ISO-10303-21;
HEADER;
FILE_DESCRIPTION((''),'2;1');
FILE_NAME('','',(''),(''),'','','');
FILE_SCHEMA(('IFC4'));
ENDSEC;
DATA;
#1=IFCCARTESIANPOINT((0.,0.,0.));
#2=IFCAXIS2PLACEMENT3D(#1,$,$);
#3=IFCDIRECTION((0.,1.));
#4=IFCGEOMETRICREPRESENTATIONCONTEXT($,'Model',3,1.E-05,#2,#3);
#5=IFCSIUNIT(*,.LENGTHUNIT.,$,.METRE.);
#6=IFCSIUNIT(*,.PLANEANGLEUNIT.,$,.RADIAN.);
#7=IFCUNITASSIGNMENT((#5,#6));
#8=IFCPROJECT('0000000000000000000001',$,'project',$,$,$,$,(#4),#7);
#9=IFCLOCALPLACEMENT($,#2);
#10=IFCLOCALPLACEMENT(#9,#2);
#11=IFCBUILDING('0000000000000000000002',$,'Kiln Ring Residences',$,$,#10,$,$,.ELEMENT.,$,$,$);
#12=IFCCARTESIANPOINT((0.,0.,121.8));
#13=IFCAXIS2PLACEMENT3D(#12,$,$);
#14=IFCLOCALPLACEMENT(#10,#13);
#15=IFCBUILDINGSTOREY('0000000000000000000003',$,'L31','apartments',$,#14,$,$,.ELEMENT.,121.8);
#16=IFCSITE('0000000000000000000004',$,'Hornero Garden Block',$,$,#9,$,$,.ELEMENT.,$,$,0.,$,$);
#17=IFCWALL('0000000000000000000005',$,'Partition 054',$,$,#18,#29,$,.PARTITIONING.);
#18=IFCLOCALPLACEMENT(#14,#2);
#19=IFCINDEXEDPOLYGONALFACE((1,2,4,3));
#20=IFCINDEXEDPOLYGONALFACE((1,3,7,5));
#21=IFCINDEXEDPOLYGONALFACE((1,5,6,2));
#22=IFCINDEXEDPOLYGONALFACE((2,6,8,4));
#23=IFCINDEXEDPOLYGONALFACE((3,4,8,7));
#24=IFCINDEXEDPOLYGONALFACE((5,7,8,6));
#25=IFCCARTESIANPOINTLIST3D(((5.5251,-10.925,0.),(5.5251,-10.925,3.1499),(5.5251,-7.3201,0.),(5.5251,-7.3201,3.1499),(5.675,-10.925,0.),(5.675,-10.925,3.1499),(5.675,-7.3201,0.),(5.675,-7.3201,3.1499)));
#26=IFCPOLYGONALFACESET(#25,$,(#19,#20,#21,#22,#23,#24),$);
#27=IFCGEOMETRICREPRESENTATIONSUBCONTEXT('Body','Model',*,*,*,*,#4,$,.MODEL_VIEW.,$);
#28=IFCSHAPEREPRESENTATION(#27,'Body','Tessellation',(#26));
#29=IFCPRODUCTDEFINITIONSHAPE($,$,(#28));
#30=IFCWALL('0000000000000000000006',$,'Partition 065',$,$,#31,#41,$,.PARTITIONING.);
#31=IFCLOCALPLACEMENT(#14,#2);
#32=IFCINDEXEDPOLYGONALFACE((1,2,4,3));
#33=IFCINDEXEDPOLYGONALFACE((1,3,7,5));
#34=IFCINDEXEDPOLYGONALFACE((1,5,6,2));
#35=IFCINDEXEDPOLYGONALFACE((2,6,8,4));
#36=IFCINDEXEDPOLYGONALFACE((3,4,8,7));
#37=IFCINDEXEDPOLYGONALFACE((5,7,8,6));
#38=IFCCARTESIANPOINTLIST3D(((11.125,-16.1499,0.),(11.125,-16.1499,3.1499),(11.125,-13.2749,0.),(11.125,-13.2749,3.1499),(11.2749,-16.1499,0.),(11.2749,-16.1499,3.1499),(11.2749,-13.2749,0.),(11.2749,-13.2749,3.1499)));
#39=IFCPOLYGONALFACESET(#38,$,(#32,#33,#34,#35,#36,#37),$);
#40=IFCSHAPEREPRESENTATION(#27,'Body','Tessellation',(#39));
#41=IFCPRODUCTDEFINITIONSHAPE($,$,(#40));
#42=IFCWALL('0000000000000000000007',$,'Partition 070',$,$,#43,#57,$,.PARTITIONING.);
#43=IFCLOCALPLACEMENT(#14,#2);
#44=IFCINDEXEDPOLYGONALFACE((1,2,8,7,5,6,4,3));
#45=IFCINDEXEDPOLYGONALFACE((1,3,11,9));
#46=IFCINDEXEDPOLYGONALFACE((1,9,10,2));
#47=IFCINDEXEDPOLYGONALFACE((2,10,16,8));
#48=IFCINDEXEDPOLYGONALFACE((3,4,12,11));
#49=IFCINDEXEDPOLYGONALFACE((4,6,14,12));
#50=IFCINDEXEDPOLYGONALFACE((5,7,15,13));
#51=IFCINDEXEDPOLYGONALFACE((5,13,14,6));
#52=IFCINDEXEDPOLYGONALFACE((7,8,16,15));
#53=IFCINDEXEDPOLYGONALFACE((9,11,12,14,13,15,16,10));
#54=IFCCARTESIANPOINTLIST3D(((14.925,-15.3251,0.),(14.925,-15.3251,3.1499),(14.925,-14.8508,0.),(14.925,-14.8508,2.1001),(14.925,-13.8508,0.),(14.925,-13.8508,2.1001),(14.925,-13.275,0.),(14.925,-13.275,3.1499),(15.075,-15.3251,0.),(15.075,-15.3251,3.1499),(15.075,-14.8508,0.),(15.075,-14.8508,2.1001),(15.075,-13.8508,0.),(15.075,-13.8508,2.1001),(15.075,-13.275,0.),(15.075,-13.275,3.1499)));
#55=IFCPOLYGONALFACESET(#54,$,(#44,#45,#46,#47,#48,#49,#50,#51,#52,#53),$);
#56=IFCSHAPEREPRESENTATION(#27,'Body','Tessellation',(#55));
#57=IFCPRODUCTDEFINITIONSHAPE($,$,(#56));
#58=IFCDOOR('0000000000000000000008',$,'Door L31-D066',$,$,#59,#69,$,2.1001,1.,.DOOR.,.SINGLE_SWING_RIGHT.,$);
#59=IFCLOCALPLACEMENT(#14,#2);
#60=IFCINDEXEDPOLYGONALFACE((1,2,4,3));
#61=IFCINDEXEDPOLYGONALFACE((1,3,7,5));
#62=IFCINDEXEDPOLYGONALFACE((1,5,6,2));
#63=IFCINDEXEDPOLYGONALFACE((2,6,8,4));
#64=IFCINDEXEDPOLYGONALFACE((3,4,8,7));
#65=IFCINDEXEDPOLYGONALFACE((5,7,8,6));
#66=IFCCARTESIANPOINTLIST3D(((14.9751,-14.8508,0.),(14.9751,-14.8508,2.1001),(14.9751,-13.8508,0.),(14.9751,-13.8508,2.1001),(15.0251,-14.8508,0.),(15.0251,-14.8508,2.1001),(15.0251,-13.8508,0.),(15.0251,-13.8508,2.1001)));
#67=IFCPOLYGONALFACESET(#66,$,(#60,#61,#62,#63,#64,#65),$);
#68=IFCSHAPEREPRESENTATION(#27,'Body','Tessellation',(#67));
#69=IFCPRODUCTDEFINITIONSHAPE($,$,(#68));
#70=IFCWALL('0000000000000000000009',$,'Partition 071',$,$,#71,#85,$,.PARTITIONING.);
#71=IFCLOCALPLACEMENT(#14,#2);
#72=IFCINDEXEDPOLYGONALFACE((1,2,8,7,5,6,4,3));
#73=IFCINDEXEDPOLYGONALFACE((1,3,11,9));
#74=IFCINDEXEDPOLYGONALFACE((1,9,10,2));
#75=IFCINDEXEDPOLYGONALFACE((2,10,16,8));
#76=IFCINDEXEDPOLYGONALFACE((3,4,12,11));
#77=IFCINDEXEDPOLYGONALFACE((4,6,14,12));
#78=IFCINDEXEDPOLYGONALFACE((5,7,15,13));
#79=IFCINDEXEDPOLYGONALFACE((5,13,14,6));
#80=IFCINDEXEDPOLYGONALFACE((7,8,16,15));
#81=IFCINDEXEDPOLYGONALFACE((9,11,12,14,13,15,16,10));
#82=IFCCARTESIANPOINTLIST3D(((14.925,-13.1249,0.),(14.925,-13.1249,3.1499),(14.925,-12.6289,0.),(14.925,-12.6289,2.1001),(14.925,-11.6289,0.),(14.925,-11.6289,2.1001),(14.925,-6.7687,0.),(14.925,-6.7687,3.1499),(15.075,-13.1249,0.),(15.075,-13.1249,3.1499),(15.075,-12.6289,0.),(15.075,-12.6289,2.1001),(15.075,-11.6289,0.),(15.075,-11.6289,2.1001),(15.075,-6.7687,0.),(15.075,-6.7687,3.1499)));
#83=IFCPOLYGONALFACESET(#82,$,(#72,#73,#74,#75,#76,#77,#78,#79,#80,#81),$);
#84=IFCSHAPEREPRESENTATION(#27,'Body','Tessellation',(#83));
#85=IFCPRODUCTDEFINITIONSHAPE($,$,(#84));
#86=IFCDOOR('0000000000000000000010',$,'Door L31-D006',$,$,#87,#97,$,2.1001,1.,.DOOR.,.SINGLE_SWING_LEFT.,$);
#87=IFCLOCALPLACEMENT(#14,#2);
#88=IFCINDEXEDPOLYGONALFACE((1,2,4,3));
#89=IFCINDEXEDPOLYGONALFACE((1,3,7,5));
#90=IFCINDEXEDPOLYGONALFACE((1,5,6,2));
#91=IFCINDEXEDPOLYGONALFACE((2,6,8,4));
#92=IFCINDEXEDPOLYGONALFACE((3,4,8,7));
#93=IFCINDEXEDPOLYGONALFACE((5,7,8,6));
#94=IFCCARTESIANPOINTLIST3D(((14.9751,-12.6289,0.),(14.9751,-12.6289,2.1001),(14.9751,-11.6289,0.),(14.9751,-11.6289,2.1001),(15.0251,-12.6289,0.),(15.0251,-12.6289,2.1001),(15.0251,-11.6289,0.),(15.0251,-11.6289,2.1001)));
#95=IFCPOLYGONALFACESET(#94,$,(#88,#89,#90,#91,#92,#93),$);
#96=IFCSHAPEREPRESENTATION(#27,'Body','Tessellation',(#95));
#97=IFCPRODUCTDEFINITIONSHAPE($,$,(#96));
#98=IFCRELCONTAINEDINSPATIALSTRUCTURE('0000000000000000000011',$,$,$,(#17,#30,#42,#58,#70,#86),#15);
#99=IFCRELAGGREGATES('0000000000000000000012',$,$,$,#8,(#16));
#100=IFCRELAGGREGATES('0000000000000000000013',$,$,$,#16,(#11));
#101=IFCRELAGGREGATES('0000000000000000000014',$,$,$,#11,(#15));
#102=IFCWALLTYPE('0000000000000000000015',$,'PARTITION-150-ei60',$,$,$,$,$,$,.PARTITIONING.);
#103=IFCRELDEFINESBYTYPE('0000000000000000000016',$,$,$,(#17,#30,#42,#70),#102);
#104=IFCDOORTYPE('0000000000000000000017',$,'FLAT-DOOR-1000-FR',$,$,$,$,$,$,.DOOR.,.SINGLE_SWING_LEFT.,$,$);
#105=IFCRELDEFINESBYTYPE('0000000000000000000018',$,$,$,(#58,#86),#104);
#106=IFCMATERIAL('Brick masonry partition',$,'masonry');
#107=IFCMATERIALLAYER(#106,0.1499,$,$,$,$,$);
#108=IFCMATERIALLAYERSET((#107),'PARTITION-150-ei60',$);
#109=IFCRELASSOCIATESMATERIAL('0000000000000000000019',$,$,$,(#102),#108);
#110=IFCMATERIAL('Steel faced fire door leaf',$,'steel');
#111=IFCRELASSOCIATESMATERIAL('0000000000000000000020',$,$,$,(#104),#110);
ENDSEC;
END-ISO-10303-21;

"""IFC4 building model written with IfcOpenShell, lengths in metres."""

from ifc_helpers import new_model, si_unit, direction, frame, frame_2d, origin, place, context, subcontext, project, spatial, rectangle, extrude, material, layer, layer_set, type_object, element, fill, save


model = new_model("IFC4")

# Units and contexts
model_context = context("Model", 3, precision=1e-05, world=origin(), true_north=direction((0.0, 1.0)))
body_context = subcontext(model_context, "Body", "Model", "MODEL_VIEW")
ifc_project = project(units=[si_unit("LENGTHUNIT", "METRE"), si_unit("PLANEANGLEUNIT", "RADIAN")], contexts=[model_context])

# Site, building, storey
site_placement = place(None, origin())
site = spatial("IfcSite", under=ifc_project, at=site_placement, Name="Hornero Garden Block", CompositionType="ELEMENT", RefElevation=0.0)
building_placement = place(site_placement, origin())
building = spatial("IfcBuilding", under=site, at=building_placement, Name="Kiln Ring Residences", CompositionType="ELEMENT")
storey_placement = place(building_placement, frame((0.0, 0.0, 121.8)))
storey = spatial("IfcBuildingStorey", under=building, at=storey_placement, Name="L31", Description="apartments", CompositionType="ELEMENT", Elevation=121.8)

# Shared definitions
ifc_material_1 = material(Name="Brick masonry partition", Category="masonry")
ifc_layer_1 = layer(ifc_material_1, 0.1499)
ifc_layer_set_1 = layer_set([ifc_layer_1], Name="PARTITION-150-ei60")
wall_type_1 = type_object("IfcWallType", Name="PARTITION-150-ei60", PredefinedType="PARTITIONING", material=ifc_layer_set_1)
ifc_material_2 = material(Name="Steel faced fire door leaf", Category="steel")
door_type_1 = type_object("IfcDoorType", Name="FLAT-DOOR-1000-FR", OperationType="SINGLE_SWING_LEFT", PredefinedType="DOOR", material=ifc_material_2)

# Walls
wall_1_placement = place(storey_placement, frame((5.6001, -10.925, 0.0), z_axis=(0.0, 0.0, 1.0), x_axis=(0.0, 1.0, 0.0)))
element("IfcWall", 1, at=wall_1_placement, inside=storey, type_object=wall_type_1, Name="Partition 054", PredefinedType="PARTITIONING", context=body_context, shape_type="SweptSolid", body=[
    extrude(rectangle(XDim=3.605, YDim=0.1499, at=frame_2d((1.8025, 0.0))), origin(), (0.0, 0.0, 1.0), 3.1499),
])
wall_2_placement = place(storey_placement, frame((11.2, -16.1499, 0.0), z_axis=(0.0, 0.0, 1.0), x_axis=(0.0, 1.0, 0.0)))
element("IfcWall", 2, at=wall_2_placement, inside=storey, type_object=wall_type_1, Name="Partition 065", PredefinedType="PARTITIONING", context=body_context, shape_type="SweptSolid", body=[
    extrude(rectangle(XDim=2.875, YDim=0.1499, at=frame_2d((1.4375, 0.0))), origin(), (0.0, 0.0, 1.0), 3.1499),
])

# Walls, openings, doors
wall_3_placement = place(storey_placement, frame((15.0, -15.325, 0.0), z_axis=(0.0, 0.0, 1.0), x_axis=(0.0, 1.0, 0.0)))
wall_3 = element("IfcWall", 3, at=wall_3_placement, inside=storey, type_object=wall_type_1, Name="Partition 070", PredefinedType="PARTITIONING", context=body_context, shape_type="SweptSolid", body=[
    extrude(rectangle(XDim=2.05, YDim=0.1499, at=frame_2d((1.0249, 0.0))), origin(), (0.0, 0.0, 1.0), 3.1499),
])
opening_1_placement = place(wall_3_placement, frame((0.4741, 0.0, 0.0)))
opening_1 = element("IfcOpeningElement", 4, at=opening_1_placement, cuts=wall_3, PredefinedType="OPENING", context=body_context, shape_type="SweptSolid", body=[
    extrude(rectangle(XDim=1.0, YDim=2.1001, at=frame_2d((0.5, 1.05))), frame((0.0, 0.085, 0.0), z_axis=(0.0, -1.0, 0.0), x_axis=(1.0, 0.0, 0.0)), (0.0, 0.0, 1.0), 0.1699),
])
door_1_placement = place(opening_1_placement, origin())
door_1 = element("IfcDoor", 5, at=door_1_placement, inside=storey, type_object=door_type_1, Name="Door L31-D066", OperationType="SINGLE_SWING_RIGHT", OverallHeight=2.1001, OverallWidth=1.0, PredefinedType="DOOR", context=body_context, shape_type="SweptSolid", body=[
    extrude(rectangle(XDim=1.0, YDim=2.1001, at=frame_2d((0.5, 1.05))), frame((0.0, 0.0249, 0.0), z_axis=(0.0, -1.0, 0.0), x_axis=(1.0, 0.0, 0.0)), (0.0, 0.0, 1.0), 0.05),
])
fill(opening_1, door_1)
wall_4_placement = place(storey_placement, frame((15.0, -13.125, 0.0), z_axis=(0.0, 0.0, 1.0), x_axis=(0.0, 1.0, 0.0)))
wall_4 = element("IfcWall", 6, at=wall_4_placement, inside=storey, type_object=wall_type_1, Name="Partition 071", PredefinedType="PARTITIONING", context=body_context, shape_type="SweptSolid", body=[
    extrude(rectangle(XDim=6.3562, YDim=0.1499, at=frame_2d((3.1782, 0.0))), origin(), (0.0, 0.0, 1.0), 3.1499),
])
opening_2_placement = place(wall_4_placement, frame((0.4961, 0.0, 0.0)))
opening_2 = element("IfcOpeningElement", 7, at=opening_2_placement, cuts=wall_4, PredefinedType="OPENING", context=body_context, shape_type="SweptSolid", body=[
    extrude(rectangle(XDim=1.0, YDim=2.1001, at=frame_2d((0.5, 1.05))), frame((0.0, 0.085, 0.0), z_axis=(0.0, -1.0, 0.0), x_axis=(1.0, 0.0, 0.0)), (0.0, 0.0, 1.0), 0.1699),
])
door_2_placement = place(opening_2_placement, origin())
door_2 = element("IfcDoor", 8, at=door_2_placement, inside=storey, type_object=door_type_1, Name="Door L31-D006", OperationType="SINGLE_SWING_LEFT", OverallHeight=2.1001, OverallWidth=1.0, PredefinedType="DOOR", context=body_context, shape_type="SweptSolid", body=[
    extrude(rectangle(XDim=1.0, YDim=2.1001, at=frame_2d((0.5, 1.05))), frame((0.0, 0.0249, 0.0), z_axis=(0.0, -1.0, 0.0), x_axis=(1.0, 0.0, 0.0)), (0.0, 0.0, 1.0), 0.05),
])
fill(opening_2, door_2)

save(model, "model.ifc")
